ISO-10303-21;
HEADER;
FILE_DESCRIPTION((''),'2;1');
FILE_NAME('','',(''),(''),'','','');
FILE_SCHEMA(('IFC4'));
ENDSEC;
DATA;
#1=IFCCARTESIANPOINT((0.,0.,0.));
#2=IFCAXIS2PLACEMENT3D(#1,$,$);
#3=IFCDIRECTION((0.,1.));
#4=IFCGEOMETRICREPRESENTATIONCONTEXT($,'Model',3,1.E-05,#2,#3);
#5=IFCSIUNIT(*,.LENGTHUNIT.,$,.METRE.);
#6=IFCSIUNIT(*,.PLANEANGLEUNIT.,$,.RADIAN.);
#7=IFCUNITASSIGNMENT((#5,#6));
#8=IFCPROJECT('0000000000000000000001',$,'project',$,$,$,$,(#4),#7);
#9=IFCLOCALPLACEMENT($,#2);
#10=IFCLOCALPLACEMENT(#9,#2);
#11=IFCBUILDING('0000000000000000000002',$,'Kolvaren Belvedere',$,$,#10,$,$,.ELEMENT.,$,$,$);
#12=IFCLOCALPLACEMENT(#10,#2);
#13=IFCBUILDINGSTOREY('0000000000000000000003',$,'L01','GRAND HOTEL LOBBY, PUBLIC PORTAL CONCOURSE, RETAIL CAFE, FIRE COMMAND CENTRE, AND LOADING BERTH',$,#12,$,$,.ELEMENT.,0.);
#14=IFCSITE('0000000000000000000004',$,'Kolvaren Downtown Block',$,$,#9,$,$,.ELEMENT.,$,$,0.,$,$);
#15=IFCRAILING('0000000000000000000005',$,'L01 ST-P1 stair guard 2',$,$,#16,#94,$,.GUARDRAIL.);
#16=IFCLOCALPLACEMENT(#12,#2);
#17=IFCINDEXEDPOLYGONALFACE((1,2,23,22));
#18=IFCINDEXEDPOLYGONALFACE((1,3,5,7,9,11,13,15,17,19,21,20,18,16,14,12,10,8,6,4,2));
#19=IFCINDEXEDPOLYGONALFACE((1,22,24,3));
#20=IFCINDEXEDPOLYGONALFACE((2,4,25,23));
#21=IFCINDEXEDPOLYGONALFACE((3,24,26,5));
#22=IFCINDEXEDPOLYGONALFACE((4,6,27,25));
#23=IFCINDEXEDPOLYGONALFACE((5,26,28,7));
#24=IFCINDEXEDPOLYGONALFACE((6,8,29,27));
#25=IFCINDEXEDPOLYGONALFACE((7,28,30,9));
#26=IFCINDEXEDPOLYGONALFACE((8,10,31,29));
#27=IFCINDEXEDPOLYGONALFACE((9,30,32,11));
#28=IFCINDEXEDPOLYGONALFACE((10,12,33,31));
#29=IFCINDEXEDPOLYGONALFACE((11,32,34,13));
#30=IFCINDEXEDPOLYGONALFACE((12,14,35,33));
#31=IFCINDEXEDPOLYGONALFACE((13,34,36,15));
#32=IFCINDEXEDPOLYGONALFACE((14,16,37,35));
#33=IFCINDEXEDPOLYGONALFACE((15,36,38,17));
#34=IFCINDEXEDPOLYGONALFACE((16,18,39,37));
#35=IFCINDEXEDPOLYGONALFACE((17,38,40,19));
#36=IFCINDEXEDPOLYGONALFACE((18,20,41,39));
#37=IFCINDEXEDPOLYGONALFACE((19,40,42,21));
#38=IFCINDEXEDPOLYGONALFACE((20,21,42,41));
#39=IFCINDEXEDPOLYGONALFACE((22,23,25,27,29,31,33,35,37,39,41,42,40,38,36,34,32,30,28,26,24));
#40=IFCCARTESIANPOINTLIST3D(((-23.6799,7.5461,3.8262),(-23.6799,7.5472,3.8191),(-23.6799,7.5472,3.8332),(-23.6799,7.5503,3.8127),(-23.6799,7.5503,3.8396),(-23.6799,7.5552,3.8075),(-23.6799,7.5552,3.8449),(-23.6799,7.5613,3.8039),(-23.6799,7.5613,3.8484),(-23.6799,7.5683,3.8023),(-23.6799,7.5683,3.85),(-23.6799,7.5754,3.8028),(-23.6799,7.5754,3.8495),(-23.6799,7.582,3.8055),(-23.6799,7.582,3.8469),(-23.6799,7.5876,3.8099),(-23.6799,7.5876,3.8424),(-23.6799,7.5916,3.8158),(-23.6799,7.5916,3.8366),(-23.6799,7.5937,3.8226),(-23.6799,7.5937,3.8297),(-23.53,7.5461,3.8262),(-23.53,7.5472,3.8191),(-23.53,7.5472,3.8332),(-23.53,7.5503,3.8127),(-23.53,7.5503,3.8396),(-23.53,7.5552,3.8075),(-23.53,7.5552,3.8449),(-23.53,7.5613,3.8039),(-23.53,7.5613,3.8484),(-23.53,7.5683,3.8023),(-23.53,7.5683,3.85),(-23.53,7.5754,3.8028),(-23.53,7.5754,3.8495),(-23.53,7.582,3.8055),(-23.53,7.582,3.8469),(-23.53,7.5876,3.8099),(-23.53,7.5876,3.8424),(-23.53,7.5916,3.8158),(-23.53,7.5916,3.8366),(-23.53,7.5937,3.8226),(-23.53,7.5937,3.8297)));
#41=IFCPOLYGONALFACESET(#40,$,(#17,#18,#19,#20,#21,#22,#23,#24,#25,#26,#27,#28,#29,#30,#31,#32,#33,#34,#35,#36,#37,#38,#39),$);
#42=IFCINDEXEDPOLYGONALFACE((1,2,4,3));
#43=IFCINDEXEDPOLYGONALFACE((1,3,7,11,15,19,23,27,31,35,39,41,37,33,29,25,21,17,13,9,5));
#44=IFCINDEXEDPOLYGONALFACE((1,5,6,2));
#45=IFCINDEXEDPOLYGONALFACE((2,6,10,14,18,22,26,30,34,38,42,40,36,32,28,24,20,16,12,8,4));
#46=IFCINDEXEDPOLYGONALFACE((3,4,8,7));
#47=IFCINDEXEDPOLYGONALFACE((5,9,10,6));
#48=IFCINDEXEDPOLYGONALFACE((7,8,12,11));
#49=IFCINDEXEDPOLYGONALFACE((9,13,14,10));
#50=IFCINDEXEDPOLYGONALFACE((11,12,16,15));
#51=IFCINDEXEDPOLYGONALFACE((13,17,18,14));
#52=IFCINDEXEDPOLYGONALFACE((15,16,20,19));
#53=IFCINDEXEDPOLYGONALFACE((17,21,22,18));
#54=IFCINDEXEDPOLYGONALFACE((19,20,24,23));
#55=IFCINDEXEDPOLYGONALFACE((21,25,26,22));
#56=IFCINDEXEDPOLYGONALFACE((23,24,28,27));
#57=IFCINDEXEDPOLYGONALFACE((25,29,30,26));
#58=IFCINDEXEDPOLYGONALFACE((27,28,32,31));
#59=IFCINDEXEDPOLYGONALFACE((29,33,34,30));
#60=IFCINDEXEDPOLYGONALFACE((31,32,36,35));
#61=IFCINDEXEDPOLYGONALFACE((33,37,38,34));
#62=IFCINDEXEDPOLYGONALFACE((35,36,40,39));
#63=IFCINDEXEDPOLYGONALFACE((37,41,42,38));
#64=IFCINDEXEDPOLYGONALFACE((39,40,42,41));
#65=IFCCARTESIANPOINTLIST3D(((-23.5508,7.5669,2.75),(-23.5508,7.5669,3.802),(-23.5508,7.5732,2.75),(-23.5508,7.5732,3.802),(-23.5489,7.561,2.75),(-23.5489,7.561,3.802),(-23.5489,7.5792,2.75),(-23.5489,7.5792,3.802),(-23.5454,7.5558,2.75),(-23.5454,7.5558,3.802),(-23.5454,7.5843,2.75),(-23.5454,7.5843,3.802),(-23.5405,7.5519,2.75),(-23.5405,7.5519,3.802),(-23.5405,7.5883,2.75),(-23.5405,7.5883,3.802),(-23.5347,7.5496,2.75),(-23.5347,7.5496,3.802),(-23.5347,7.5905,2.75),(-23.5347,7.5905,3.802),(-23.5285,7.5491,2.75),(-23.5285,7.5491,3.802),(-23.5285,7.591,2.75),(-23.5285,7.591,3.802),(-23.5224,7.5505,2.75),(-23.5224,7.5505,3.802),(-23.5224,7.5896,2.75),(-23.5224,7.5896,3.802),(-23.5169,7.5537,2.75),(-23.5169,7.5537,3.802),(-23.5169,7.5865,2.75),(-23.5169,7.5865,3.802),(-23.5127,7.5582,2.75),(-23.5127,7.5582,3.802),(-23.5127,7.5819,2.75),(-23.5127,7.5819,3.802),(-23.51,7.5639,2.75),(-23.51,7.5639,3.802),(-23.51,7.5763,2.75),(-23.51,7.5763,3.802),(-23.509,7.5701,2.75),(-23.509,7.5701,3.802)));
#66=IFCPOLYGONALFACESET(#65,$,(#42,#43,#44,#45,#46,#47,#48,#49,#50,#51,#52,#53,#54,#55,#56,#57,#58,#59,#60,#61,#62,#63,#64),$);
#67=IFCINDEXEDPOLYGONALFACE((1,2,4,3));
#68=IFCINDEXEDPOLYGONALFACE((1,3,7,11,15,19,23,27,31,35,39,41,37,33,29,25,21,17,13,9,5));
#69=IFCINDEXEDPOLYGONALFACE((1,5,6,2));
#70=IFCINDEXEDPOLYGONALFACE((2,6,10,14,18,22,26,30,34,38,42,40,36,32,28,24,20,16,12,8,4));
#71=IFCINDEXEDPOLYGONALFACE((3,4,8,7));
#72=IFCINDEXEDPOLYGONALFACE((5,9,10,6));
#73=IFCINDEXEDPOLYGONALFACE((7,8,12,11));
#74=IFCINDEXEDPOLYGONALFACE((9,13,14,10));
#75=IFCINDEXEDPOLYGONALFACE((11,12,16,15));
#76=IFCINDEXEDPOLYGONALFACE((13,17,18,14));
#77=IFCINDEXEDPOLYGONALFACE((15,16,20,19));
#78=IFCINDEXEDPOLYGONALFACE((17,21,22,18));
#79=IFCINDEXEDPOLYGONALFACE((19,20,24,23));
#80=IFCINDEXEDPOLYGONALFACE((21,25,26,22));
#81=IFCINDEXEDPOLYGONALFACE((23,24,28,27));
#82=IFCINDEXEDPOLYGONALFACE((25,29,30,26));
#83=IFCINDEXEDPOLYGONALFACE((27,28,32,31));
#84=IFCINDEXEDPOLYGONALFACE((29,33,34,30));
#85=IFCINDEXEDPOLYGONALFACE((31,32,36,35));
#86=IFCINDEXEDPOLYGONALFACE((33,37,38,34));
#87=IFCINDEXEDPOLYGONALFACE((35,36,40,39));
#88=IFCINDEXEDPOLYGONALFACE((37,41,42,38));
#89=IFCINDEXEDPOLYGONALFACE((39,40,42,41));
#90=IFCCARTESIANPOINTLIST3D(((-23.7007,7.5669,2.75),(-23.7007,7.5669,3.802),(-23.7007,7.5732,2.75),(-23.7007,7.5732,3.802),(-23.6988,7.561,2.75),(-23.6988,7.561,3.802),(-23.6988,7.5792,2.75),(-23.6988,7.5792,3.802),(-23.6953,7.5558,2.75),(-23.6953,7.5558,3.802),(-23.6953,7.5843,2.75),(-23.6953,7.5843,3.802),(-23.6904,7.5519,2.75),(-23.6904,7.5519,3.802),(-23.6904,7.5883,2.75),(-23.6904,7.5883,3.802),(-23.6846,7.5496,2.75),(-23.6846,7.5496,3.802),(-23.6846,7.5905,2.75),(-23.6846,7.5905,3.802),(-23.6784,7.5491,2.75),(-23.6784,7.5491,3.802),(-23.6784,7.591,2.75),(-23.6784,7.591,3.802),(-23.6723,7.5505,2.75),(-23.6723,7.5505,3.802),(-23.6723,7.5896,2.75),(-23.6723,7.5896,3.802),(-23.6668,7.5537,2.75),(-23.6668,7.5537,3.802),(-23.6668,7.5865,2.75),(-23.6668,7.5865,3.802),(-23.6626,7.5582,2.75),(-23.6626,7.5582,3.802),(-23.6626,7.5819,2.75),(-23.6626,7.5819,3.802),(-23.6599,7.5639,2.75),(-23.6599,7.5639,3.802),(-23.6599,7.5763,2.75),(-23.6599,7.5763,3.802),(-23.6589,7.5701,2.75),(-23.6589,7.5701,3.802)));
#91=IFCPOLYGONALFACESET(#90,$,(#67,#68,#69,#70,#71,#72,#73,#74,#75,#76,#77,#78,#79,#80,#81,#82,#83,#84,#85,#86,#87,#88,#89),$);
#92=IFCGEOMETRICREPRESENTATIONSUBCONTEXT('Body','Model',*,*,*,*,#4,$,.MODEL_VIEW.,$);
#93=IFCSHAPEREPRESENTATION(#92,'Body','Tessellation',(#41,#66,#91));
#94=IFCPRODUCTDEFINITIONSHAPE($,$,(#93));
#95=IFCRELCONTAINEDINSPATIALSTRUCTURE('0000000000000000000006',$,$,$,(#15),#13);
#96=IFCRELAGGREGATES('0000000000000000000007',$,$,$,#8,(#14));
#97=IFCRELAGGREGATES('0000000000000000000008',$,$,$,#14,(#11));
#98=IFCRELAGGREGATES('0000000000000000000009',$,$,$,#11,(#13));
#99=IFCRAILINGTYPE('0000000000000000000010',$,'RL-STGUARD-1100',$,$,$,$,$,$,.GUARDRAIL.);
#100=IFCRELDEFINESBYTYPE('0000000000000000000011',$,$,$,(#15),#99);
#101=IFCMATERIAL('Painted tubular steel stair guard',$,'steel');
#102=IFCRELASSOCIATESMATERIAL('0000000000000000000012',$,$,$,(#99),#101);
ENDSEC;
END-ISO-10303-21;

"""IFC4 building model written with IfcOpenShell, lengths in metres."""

from ifc_helpers import new_model, si_unit, direction, frame, origin, origin_2d, place, context, subcontext, project, spatial, circle, extrude, material, type_object, element, save


model = new_model("IFC4")

# Units and contexts
model_context = context("Model", 3, precision=1e-05, world=origin(), true_north=direction((0.0, 1.0)))
body_context = subcontext(model_context, "Body", "Model", "MODEL_VIEW")
ifc_project = project(units=[si_unit("LENGTHUNIT", "METRE"), si_unit("PLANEANGLEUNIT", "RADIAN")], contexts=[model_context])

# Site, building, storey
site_placement = place(None, origin())
site = spatial("IfcSite", under=ifc_project, at=site_placement, Name="Kolvaren Downtown Block", CompositionType="ELEMENT", RefElevation=0.0)
building_placement = place(site_placement, origin())
building = spatial("IfcBuilding", under=site, at=building_placement, Name="Kolvaren Belvedere", CompositionType="ELEMENT")
storey_placement = place(building_placement, origin())
storey = spatial("IfcBuildingStorey", under=building, at=storey_placement, Name="L01", Description="GRAND HOTEL LOBBY, PUBLIC PORTAL CONCOURSE, RETAIL CAFE, FIRE COMMAND CENTRE, AND LOADING BERTH", CompositionType="ELEMENT", Elevation=0.0)

# Railing
ifc_material_1 = material(Name="Painted tubular steel stair guard", Category="steel")
railing_type_1 = type_object("IfcRailingType", Name="RL-STGUARD-1100", PredefinedType="GUARDRAIL", material=ifc_material_1)
railing_1_placement = place(storey_placement, frame((-23.53, 7.5701, 2.75)))
element("IfcRailing", 1, at=railing_1_placement, inside=storey, type_object=railing_type_1, Name="L01 ST-P1 stair guard 2", PredefinedType="GUARDRAIL", context=body_context, shape_type="SweptSolid", body=[
    extrude(circle(Radius=0.0239, at=origin_2d()), frame((0.0, 0.0, 1.0762), z_axis=(-1.0, 0.0, 0.0), x_axis=(0.0, -1.0, 0.0)), (0.0, 0.0, 1.0), 0.1499),
    extrude(circle(Radius=0.021, at=origin_2d()), origin(), (0.0, 0.0, 1.0), 1.052),
    extrude(circle(Radius=0.021, at=origin_2d()), frame((-0.1499, 0.0, 0.0)), (0.0, 0.0, 1.0), 1.052),
])

save(model, "model.ifc")
